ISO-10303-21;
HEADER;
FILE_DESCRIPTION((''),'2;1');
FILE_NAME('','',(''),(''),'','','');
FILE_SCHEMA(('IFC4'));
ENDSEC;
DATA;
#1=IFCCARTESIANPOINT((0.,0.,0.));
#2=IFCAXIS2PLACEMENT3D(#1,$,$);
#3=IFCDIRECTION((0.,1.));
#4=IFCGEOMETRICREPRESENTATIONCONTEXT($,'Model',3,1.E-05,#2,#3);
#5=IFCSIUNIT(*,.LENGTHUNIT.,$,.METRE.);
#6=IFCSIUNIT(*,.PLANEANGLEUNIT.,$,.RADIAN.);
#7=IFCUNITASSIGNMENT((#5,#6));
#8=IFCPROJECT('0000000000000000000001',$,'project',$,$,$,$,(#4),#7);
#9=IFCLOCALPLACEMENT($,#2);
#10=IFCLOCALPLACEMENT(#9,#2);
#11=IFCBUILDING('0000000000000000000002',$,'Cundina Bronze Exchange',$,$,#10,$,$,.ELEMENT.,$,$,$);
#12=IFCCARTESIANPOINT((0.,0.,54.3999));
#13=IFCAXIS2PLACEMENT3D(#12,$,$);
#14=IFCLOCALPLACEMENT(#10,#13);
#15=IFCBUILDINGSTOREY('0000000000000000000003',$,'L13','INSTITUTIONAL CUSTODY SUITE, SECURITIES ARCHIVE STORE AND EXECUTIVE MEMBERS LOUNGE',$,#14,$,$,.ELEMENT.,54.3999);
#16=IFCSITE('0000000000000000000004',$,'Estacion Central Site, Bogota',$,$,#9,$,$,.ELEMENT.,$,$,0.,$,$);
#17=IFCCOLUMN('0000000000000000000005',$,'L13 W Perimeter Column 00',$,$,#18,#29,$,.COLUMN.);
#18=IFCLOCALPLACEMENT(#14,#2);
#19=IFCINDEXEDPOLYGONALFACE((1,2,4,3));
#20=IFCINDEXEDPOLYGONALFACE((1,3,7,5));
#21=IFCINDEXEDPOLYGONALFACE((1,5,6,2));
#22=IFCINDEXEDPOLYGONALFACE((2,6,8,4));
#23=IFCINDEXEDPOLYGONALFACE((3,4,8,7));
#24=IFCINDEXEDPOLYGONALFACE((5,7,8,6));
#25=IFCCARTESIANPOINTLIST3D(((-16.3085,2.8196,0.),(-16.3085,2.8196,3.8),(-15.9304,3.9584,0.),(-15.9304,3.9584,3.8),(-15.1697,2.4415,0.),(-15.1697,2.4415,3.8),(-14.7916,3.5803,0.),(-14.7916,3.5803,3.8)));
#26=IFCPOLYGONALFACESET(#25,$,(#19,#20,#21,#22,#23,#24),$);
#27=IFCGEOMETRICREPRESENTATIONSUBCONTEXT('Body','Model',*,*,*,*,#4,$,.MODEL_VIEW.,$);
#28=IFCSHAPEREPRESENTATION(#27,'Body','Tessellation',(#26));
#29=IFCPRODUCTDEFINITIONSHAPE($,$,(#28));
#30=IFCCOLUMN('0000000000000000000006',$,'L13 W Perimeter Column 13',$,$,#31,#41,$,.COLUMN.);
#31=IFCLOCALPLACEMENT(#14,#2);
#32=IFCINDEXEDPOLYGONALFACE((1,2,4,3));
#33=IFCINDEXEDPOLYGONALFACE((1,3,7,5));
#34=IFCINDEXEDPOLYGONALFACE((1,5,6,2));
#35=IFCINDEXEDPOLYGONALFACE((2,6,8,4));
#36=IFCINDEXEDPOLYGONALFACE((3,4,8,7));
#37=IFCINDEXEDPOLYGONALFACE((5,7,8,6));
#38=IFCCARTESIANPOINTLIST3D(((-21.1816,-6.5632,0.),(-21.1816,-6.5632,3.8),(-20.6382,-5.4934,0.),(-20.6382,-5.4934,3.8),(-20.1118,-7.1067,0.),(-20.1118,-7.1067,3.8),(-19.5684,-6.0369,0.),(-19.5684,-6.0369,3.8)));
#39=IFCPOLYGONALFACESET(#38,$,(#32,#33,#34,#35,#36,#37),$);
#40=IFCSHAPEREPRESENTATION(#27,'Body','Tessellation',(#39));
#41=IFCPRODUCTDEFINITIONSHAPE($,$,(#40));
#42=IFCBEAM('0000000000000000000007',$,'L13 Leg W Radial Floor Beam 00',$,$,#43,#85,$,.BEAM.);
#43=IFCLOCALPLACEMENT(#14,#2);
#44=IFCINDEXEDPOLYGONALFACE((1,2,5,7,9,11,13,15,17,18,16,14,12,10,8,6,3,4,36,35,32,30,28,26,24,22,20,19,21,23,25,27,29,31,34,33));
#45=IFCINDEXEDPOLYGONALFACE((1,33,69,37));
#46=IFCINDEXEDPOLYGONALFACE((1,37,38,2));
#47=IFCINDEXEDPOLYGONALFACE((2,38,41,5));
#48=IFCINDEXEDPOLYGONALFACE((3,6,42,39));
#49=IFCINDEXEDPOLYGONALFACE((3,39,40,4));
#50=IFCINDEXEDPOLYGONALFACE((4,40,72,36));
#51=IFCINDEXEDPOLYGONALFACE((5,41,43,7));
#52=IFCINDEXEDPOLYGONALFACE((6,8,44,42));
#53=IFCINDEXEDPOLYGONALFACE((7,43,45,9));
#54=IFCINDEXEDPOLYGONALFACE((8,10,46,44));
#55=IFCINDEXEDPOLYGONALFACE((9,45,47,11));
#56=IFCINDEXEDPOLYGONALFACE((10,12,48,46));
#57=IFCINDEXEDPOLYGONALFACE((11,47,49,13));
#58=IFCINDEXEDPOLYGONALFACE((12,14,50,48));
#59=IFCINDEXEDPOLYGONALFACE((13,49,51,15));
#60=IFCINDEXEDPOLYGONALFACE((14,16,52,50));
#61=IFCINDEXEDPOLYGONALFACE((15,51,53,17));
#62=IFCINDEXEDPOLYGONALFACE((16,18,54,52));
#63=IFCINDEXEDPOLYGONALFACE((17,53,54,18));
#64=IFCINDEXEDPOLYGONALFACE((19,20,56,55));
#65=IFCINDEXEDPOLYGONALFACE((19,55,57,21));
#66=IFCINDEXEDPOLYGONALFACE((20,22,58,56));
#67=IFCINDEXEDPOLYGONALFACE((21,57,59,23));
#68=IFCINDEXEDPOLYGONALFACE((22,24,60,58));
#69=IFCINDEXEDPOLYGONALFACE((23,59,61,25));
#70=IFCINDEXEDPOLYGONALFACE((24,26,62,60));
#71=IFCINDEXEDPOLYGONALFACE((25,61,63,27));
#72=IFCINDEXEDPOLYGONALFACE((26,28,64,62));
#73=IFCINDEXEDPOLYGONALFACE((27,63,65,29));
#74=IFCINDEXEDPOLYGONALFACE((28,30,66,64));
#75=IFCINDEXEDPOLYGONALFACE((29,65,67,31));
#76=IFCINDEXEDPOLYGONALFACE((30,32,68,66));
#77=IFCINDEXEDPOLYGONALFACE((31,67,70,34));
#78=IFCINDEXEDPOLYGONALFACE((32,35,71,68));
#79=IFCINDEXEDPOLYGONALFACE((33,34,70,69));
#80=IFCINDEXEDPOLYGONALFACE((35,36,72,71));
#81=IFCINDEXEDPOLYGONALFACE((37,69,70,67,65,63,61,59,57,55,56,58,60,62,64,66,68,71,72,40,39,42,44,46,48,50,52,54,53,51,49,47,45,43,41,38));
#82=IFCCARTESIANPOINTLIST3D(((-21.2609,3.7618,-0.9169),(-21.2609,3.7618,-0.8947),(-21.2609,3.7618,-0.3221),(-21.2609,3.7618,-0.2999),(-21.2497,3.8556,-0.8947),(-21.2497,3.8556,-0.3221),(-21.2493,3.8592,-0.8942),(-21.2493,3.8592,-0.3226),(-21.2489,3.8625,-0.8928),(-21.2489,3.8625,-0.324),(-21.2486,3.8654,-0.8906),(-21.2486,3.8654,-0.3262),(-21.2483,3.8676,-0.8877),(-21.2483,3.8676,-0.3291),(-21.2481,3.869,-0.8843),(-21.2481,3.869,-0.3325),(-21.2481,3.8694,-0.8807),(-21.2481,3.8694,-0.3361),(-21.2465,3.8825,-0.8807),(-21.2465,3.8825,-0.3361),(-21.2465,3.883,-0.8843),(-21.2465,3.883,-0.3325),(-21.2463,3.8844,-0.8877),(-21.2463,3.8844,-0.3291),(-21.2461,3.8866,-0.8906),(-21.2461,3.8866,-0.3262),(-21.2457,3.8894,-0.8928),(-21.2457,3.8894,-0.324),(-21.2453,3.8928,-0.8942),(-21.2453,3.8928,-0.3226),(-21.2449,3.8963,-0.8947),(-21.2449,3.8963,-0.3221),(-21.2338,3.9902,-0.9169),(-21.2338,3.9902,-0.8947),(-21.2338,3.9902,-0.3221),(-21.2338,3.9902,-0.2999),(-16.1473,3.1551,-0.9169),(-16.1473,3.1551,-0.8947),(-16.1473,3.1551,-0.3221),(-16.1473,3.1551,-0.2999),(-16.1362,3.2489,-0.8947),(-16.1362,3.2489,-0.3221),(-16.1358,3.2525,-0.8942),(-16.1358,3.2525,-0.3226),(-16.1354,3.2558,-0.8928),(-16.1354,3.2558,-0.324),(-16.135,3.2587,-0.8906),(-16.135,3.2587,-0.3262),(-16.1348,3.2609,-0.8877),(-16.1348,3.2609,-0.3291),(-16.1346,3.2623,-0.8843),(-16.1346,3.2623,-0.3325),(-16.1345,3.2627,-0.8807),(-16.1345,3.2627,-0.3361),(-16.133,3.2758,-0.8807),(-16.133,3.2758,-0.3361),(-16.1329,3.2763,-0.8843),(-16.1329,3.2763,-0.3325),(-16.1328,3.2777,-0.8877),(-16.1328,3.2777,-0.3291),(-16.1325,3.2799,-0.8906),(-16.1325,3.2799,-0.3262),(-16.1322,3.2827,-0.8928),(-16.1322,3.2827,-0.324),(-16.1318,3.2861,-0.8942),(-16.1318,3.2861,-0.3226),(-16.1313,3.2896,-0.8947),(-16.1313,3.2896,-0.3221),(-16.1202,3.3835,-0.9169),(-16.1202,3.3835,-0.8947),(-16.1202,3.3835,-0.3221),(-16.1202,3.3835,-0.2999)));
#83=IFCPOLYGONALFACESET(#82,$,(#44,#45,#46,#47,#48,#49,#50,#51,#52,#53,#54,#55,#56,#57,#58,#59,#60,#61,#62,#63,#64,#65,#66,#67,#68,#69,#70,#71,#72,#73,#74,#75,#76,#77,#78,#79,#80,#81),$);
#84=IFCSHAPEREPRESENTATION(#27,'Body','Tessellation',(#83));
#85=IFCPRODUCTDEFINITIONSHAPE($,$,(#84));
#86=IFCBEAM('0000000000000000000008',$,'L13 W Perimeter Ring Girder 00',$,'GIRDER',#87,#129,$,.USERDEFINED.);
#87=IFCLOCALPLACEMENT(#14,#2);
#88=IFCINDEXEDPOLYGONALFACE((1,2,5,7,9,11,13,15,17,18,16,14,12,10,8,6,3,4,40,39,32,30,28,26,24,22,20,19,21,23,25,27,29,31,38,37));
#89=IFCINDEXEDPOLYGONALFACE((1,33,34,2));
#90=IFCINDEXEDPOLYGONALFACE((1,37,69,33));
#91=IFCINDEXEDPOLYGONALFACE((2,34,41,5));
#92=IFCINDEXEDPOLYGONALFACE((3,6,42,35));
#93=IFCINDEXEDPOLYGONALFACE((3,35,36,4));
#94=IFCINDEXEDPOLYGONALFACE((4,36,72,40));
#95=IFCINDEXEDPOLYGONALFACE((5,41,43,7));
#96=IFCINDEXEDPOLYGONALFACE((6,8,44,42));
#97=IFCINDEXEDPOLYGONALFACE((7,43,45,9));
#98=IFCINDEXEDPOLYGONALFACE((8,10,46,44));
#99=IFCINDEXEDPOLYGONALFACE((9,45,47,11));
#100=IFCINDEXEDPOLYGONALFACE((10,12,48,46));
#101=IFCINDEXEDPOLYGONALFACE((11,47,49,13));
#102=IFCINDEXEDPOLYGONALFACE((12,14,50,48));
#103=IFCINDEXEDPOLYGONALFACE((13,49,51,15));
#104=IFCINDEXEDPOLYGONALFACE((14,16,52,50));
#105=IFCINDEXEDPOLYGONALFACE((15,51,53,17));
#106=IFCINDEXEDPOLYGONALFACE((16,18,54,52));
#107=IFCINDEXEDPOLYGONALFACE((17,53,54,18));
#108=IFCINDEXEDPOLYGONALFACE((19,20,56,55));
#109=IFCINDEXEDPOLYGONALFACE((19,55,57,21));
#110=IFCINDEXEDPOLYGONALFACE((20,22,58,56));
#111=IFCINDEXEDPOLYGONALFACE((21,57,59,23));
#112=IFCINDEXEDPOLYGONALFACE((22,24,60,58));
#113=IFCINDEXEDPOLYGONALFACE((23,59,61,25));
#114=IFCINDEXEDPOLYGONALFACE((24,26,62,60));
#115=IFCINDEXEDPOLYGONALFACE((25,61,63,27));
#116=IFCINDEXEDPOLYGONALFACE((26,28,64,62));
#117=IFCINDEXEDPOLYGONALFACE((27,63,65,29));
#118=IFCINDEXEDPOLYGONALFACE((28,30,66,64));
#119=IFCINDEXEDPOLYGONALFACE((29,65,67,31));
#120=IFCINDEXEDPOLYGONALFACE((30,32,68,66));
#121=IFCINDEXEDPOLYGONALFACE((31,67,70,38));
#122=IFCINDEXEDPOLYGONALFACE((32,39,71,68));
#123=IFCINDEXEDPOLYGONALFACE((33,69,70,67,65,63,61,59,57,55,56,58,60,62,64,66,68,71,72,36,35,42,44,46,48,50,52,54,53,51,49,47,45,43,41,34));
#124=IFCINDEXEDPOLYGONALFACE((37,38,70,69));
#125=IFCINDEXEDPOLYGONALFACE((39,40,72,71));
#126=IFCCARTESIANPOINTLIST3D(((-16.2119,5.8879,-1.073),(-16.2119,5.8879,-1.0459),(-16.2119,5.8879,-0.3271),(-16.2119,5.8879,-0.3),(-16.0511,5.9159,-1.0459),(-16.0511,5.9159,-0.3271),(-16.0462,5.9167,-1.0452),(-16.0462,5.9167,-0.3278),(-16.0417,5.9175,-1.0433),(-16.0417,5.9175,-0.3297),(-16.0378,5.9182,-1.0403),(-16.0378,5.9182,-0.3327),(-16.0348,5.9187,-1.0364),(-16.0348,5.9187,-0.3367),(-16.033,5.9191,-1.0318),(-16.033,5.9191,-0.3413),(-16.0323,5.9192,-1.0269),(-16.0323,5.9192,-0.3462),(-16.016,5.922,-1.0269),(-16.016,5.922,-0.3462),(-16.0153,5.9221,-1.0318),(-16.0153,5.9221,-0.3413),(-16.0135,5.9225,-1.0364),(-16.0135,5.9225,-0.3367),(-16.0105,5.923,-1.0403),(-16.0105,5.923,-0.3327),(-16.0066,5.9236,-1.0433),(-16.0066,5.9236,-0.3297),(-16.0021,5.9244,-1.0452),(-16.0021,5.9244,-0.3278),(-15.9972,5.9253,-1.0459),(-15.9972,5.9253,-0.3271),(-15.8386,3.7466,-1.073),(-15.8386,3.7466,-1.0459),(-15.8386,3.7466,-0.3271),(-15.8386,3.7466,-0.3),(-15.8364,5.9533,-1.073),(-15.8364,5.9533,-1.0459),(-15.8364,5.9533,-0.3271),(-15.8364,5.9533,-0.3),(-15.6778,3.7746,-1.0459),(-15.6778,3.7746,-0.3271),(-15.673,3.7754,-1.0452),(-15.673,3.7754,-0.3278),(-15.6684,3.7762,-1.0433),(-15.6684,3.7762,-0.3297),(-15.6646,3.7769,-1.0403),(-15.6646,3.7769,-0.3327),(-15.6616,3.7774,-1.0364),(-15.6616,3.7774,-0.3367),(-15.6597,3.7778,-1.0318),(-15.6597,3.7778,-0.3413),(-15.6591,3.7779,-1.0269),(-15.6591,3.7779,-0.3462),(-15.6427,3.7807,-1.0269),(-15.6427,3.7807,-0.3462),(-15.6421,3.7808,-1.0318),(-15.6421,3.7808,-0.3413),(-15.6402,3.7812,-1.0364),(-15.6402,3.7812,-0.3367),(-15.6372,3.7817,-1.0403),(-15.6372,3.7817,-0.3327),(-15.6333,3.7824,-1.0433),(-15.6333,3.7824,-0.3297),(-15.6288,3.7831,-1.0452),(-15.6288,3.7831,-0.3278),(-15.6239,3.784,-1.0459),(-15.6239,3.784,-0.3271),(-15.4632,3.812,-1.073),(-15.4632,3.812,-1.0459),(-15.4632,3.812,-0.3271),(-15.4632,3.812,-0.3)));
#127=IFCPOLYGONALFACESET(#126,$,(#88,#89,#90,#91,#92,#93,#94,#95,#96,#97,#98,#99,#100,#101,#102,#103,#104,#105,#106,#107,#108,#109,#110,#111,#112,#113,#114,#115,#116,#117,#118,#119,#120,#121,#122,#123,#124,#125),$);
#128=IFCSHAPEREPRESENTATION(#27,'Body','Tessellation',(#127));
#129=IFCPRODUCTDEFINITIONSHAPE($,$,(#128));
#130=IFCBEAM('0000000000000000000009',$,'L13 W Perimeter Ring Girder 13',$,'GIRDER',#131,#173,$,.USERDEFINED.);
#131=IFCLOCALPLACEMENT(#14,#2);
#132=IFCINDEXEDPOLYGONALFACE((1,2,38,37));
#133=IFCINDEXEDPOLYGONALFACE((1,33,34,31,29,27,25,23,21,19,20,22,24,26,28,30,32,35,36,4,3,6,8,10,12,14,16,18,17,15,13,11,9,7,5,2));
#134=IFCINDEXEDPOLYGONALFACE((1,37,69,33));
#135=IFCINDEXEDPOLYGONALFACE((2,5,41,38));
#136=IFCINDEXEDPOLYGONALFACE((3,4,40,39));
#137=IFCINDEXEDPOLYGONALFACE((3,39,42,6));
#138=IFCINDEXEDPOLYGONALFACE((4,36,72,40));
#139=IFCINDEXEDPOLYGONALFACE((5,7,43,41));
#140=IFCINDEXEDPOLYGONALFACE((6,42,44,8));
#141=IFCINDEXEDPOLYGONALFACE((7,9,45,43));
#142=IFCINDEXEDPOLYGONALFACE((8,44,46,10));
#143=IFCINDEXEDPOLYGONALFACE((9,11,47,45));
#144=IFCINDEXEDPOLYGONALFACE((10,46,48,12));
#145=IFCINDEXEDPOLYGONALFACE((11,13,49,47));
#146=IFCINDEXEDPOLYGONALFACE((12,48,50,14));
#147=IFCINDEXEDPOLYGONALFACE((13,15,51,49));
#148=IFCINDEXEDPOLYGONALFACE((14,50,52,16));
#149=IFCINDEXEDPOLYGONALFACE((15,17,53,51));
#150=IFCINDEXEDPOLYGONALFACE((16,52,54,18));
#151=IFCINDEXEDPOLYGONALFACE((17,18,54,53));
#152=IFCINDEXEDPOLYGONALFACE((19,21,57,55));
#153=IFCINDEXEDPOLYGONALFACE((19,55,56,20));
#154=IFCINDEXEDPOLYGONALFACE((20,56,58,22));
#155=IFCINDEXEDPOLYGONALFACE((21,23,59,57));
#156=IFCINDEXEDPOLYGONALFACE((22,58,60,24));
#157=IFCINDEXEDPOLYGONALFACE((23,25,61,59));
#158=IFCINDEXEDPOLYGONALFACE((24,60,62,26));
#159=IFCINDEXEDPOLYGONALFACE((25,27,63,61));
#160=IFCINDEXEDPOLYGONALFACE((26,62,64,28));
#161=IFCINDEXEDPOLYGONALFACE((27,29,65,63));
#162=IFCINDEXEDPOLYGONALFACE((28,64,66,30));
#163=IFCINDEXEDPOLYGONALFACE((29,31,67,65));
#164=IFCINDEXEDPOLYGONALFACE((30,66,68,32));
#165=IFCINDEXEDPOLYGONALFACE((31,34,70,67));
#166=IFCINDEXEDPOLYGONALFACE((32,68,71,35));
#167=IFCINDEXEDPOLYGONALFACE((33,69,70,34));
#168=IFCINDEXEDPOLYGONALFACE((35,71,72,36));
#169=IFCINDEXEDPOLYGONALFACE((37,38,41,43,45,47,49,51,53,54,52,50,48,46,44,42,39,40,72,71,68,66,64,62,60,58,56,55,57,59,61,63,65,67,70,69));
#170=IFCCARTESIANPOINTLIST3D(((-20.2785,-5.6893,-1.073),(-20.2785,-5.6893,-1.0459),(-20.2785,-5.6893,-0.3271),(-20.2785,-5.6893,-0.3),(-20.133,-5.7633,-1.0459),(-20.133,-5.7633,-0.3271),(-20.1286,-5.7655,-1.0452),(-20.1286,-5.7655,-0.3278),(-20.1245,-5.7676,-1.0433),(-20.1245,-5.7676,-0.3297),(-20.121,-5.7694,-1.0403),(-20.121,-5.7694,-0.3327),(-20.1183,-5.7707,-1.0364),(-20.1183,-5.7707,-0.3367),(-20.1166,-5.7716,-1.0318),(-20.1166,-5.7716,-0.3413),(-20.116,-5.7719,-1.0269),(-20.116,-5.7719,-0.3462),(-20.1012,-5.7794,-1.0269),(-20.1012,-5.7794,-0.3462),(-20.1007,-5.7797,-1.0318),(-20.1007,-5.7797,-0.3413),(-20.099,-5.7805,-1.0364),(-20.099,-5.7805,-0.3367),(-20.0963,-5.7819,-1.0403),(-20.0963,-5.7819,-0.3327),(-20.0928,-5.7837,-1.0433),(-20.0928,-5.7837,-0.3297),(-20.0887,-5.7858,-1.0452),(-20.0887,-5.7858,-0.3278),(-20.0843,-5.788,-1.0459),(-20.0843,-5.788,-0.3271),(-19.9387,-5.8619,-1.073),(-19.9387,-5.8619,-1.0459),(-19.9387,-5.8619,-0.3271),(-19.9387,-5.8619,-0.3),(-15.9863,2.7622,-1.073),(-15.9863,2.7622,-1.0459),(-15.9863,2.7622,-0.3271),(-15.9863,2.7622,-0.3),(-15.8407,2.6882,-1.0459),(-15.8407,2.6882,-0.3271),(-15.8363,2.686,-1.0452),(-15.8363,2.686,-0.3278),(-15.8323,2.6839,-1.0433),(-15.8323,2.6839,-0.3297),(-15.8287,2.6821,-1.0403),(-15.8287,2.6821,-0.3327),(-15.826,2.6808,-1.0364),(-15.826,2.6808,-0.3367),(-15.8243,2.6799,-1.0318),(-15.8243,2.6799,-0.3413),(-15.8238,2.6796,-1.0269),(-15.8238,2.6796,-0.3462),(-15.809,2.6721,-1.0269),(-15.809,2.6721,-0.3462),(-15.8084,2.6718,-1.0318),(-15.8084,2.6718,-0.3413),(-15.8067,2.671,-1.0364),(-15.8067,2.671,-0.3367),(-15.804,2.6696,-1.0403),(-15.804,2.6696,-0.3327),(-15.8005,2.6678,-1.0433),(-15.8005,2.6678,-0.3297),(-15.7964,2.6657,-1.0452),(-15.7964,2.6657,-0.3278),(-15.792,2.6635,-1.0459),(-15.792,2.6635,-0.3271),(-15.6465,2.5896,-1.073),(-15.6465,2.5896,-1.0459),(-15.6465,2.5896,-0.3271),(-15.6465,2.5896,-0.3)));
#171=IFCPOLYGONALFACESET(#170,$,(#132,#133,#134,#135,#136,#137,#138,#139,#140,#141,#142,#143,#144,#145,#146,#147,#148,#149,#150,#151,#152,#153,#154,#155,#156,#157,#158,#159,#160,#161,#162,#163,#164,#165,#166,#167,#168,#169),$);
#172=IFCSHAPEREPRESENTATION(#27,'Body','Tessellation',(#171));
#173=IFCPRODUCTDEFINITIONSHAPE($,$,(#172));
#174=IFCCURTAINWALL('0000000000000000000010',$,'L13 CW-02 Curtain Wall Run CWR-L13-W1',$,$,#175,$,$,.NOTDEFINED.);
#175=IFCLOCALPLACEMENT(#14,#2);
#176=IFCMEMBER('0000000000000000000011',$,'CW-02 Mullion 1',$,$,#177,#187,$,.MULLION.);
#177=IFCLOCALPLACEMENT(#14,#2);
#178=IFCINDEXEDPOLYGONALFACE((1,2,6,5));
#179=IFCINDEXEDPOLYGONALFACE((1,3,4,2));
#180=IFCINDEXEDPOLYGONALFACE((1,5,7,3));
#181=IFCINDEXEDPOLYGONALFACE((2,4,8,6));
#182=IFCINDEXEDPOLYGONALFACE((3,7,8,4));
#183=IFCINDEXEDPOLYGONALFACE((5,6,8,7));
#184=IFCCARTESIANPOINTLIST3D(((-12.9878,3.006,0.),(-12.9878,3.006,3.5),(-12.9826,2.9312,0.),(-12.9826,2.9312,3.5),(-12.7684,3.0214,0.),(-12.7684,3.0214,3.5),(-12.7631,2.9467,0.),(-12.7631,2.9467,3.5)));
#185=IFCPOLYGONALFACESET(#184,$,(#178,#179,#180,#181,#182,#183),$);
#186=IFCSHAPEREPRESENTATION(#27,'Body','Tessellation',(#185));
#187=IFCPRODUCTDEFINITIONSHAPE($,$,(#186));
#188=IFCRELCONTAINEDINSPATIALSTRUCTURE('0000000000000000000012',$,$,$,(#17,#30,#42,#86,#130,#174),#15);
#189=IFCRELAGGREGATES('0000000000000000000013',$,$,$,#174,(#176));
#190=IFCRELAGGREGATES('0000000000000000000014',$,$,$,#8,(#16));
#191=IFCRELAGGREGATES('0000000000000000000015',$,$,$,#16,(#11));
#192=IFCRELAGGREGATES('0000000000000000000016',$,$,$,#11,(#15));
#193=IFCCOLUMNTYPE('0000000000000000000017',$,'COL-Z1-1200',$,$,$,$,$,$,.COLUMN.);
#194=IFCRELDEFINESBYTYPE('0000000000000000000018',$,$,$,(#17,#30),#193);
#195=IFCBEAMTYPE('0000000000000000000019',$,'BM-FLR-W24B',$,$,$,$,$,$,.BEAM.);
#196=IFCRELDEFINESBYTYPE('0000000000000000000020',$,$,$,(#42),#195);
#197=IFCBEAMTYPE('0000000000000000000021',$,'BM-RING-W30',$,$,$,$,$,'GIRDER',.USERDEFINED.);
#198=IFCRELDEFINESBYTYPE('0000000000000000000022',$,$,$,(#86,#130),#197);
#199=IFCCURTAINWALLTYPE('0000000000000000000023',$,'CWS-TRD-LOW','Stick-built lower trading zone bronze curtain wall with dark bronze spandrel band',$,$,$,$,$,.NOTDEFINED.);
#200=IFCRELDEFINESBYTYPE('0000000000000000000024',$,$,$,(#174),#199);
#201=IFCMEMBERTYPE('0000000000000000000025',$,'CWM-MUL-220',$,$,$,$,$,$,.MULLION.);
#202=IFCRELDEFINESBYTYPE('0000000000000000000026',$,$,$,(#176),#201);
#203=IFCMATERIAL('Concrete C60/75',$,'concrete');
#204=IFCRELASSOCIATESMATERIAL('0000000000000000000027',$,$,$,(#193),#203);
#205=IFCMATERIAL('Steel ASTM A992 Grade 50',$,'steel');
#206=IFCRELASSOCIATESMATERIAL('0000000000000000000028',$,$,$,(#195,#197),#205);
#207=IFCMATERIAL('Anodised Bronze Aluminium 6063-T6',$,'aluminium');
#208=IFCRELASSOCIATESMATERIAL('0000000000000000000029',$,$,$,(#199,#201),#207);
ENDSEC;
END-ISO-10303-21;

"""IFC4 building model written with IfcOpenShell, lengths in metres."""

from ifc_helpers import new_model, si_unit, direction, frame, origin, origin_2d, place, context, subcontext, project, spatial, rectangle, i_section, extrude, material, material_profile, profile_set, type_object, element, aggregate, save


model = new_model("IFC4")

# Units and contexts
model_context = context("Model", 3, precision=1e-05, world=origin(), true_north=direction((0.0, 1.0)))
body_context = subcontext(model_context, "Body", "Model", "MODEL_VIEW")
ifc_project = project(units=[si_unit("LENGTHUNIT", "METRE"), si_unit("PLANEANGLEUNIT", "RADIAN")], contexts=[model_context])

# Site, building, storey
site_placement = place(None, origin())
site = spatial("IfcSite", under=ifc_project, at=site_placement, Name="Estacion Central Site, Bogota", CompositionType="ELEMENT", RefElevation=0.0)
building_placement = place(site_placement, origin())
building = spatial("IfcBuilding", under=site, at=building_placement, Name="Cundina Bronze Exchange", CompositionType="ELEMENT")
storey_placement = place(building_placement, frame((0.0, 0.0, 54.3999)))
storey = spatial("IfcBuildingStorey", under=building, at=storey_placement, Name="L13", Description="INSTITUTIONAL CUSTODY SUITE, SECURITIES ARCHIVE STORE AND EXECUTIVE MEMBERS LOUNGE", CompositionType="ELEMENT", Elevation=54.3999)

# Columns
ifc_material_1 = material(Name="Concrete C60/75", Category="concrete")
ifc_material_profile_1 = material_profile(ifc_material_1, rectangle(XDim=1.2, YDim=1.2, at=origin_2d()), Name="RC1200X1200", Category="concrete")
ifc_profile_set_1 = profile_set([ifc_material_profile_1], Name="Concrete C60/75")
column_type = type_object("IfcColumnType", Name="COL-Z1-1200", PredefinedType="COLUMN", material=ifc_profile_set_1)
for number, where, z_axis, x_axis, name in (
    (1, (-15.55, 3.2, 0.0), (0.0, 0.0, 1.0), (0.315152, 0.949041, 0.0), "L13 W Perimeter Column 00"),
    (2, (-20.375, -6.3, 0.0), (0.0, 0.0, 1.0), (0.452902, 0.891561, 0.0), "L13 W Perimeter Column 13"),
):
    element("IfcColumn", number, at=place(storey_placement, frame(where, z_axis=z_axis, x_axis=x_axis)), inside=storey, type_object=column_type, Name=name, PredefinedType="COLUMN", context=body_context, shape_type="SweptSolid", body=[
        extrude(rectangle(XDim=1.2, YDim=1.2, at=origin_2d()), origin(), (0.0, 0.0, 1.0), 3.8),
    ])

# Beams
ifc_material_2 = material(Name="Steel ASTM A992 Grade 50", Category="steel")
ifc_material_profile_2 = material_profile(ifc_material_2, i_section(OverallWidth=0.23, OverallDepth=0.6169, WebThickness=0.0132, FlangeThickness=0.0222, FilletRadius=0.0139, at=origin_2d()), Name="W24X94", Category="steel")
ifc_profile_set_2 = profile_set([ifc_material_profile_2], Name="Steel ASTM A992 Grade 50")
beam_type_1 = type_object("IfcBeamType", Name="BM-FLR-W24B", PredefinedType="BEAM", material=ifc_profile_set_2)
beam_1_placement = place(storey_placement, frame((-21.2473, 3.876, -0.6084), z_axis=(0.993035, -0.117818, 0.0), x_axis=(0.117818, 0.993035, 0.0)))
element("IfcBeam", 3, at=beam_1_placement, inside=storey, type_object=beam_type_1, Name="L13 Leg W Radial Floor Beam 00", PredefinedType="BEAM", context=body_context, shape_type="SweptSolid", body=[
    extrude(i_section(OverallWidth=0.23, OverallDepth=0.6169, WebThickness=0.0132, FlangeThickness=0.0222, FilletRadius=0.0139, at=origin_2d()), origin(), (0.0, 0.0, 1.0), 5.1494),
])
ifc_material_profile_3 = material_profile(ifc_material_2, i_section(OverallWidth=0.3811, OverallDepth=0.7729, WebThickness=0.0166, FlangeThickness=0.0271, FilletRadius=0.019, at=origin_2d()), Name="W30X173", Category="steel")
ifc_profile_set_3 = profile_set([ifc_material_profile_3], Name="Steel ASTM A992 Grade 50")
beam_type_2 = type_object("IfcBeamType", Name="BM-RING-W30", ElementType="GIRDER", PredefinedType="USERDEFINED", material=ifc_profile_set_3)
beam_2_placement = place(storey_placement, frame((-15.6509, 3.7793, -0.6865), z_axis=(-0.171735, 0.985143, 0.0), x_axis=(-0.985143, -0.171735, 0.0)))
element("IfcBeam", 4, at=beam_2_placement, inside=storey, type_object=beam_type_2, Name="L13 W Perimeter Ring Girder 00", ObjectType="GIRDER", PredefinedType="USERDEFINED", context=body_context, shape_type="SweptSolid", body=[
    extrude(i_section(OverallWidth=0.3811, OverallDepth=0.7729, WebThickness=0.0166, FlangeThickness=0.0271, FilletRadius=0.019, at=origin_2d()), origin(), (0.0, 0.0, 1.0), 2.1736),
])
beam_3_placement = place(storey_placement, frame((-20.1086, -5.7756, -0.6865), z_axis=(0.45282, 0.891602, 0.0), x_axis=(-0.891602, 0.45282, 0.0)))
element("IfcBeam", 5, at=beam_3_placement, inside=storey, type_object=beam_type_2, Name="L13 W Perimeter Ring Girder 13", ObjectType="GIRDER", PredefinedType="USERDEFINED", context=body_context, shape_type="SweptSolid", body=[
    extrude(i_section(OverallWidth=0.3811, OverallDepth=0.7729, WebThickness=0.0166, FlangeThickness=0.0271, FilletRadius=0.019, at=origin_2d()), origin(), (0.0, 0.0, 1.0), 9.479),
])

# Curtain wall, member
ifc_material_3 = material(Name="Anodised Bronze Aluminium 6063-T6", Category="aluminium")
curtain_wall_type = type_object("IfcCurtainWallType", Name="CWS-TRD-LOW", Description="Stick-built lower trading zone bronze curtain wall with dark bronze spandrel band", PredefinedType="NOTDEFINED", material=ifc_material_3)
curtain_wall_1_placement = place(storey_placement, origin())
curtain_wall_1 = element("IfcCurtainWall", 6, at=curtain_wall_1_placement, inside=storey, type_object=curtain_wall_type, Name="L13 CW-02 Curtain Wall Run CWR-L13-W1", PredefinedType="NOTDEFINED")
ifc_material_profile_4 = material_profile(ifc_material_3, rectangle(XDim=0.075, YDim=0.22, at=origin_2d()), Name="AL75X220", Category="aluminium")
ifc_profile_set_4 = profile_set([ifc_material_profile_4], Name="Anodised Bronze Aluminium 6063-T6")
member_type_1 = type_object("IfcMemberType", Name="CWM-MUL-220", PredefinedType="MULLION", material=ifc_profile_set_4)
member_1_placement = place(storey_placement, frame((-12.8755, 2.9763, 0.0), z_axis=(0.0, 0.0, 1.0), x_axis=(-0.070279, 0.997527, 0.0)))
member_1 = element("IfcMember", 7, at=member_1_placement, type_object=member_type_1, Name="CW-02 Mullion 1", PredefinedType="MULLION", context=body_context, shape_type="SweptSolid", body=[
    extrude(rectangle(XDim=0.075, YDim=0.22, at=origin_2d()), origin(), (0.0, 0.0, 1.0), 3.5),
])

aggregate(curtain_wall_1, [member_1])

save(model, "model.ifc")
